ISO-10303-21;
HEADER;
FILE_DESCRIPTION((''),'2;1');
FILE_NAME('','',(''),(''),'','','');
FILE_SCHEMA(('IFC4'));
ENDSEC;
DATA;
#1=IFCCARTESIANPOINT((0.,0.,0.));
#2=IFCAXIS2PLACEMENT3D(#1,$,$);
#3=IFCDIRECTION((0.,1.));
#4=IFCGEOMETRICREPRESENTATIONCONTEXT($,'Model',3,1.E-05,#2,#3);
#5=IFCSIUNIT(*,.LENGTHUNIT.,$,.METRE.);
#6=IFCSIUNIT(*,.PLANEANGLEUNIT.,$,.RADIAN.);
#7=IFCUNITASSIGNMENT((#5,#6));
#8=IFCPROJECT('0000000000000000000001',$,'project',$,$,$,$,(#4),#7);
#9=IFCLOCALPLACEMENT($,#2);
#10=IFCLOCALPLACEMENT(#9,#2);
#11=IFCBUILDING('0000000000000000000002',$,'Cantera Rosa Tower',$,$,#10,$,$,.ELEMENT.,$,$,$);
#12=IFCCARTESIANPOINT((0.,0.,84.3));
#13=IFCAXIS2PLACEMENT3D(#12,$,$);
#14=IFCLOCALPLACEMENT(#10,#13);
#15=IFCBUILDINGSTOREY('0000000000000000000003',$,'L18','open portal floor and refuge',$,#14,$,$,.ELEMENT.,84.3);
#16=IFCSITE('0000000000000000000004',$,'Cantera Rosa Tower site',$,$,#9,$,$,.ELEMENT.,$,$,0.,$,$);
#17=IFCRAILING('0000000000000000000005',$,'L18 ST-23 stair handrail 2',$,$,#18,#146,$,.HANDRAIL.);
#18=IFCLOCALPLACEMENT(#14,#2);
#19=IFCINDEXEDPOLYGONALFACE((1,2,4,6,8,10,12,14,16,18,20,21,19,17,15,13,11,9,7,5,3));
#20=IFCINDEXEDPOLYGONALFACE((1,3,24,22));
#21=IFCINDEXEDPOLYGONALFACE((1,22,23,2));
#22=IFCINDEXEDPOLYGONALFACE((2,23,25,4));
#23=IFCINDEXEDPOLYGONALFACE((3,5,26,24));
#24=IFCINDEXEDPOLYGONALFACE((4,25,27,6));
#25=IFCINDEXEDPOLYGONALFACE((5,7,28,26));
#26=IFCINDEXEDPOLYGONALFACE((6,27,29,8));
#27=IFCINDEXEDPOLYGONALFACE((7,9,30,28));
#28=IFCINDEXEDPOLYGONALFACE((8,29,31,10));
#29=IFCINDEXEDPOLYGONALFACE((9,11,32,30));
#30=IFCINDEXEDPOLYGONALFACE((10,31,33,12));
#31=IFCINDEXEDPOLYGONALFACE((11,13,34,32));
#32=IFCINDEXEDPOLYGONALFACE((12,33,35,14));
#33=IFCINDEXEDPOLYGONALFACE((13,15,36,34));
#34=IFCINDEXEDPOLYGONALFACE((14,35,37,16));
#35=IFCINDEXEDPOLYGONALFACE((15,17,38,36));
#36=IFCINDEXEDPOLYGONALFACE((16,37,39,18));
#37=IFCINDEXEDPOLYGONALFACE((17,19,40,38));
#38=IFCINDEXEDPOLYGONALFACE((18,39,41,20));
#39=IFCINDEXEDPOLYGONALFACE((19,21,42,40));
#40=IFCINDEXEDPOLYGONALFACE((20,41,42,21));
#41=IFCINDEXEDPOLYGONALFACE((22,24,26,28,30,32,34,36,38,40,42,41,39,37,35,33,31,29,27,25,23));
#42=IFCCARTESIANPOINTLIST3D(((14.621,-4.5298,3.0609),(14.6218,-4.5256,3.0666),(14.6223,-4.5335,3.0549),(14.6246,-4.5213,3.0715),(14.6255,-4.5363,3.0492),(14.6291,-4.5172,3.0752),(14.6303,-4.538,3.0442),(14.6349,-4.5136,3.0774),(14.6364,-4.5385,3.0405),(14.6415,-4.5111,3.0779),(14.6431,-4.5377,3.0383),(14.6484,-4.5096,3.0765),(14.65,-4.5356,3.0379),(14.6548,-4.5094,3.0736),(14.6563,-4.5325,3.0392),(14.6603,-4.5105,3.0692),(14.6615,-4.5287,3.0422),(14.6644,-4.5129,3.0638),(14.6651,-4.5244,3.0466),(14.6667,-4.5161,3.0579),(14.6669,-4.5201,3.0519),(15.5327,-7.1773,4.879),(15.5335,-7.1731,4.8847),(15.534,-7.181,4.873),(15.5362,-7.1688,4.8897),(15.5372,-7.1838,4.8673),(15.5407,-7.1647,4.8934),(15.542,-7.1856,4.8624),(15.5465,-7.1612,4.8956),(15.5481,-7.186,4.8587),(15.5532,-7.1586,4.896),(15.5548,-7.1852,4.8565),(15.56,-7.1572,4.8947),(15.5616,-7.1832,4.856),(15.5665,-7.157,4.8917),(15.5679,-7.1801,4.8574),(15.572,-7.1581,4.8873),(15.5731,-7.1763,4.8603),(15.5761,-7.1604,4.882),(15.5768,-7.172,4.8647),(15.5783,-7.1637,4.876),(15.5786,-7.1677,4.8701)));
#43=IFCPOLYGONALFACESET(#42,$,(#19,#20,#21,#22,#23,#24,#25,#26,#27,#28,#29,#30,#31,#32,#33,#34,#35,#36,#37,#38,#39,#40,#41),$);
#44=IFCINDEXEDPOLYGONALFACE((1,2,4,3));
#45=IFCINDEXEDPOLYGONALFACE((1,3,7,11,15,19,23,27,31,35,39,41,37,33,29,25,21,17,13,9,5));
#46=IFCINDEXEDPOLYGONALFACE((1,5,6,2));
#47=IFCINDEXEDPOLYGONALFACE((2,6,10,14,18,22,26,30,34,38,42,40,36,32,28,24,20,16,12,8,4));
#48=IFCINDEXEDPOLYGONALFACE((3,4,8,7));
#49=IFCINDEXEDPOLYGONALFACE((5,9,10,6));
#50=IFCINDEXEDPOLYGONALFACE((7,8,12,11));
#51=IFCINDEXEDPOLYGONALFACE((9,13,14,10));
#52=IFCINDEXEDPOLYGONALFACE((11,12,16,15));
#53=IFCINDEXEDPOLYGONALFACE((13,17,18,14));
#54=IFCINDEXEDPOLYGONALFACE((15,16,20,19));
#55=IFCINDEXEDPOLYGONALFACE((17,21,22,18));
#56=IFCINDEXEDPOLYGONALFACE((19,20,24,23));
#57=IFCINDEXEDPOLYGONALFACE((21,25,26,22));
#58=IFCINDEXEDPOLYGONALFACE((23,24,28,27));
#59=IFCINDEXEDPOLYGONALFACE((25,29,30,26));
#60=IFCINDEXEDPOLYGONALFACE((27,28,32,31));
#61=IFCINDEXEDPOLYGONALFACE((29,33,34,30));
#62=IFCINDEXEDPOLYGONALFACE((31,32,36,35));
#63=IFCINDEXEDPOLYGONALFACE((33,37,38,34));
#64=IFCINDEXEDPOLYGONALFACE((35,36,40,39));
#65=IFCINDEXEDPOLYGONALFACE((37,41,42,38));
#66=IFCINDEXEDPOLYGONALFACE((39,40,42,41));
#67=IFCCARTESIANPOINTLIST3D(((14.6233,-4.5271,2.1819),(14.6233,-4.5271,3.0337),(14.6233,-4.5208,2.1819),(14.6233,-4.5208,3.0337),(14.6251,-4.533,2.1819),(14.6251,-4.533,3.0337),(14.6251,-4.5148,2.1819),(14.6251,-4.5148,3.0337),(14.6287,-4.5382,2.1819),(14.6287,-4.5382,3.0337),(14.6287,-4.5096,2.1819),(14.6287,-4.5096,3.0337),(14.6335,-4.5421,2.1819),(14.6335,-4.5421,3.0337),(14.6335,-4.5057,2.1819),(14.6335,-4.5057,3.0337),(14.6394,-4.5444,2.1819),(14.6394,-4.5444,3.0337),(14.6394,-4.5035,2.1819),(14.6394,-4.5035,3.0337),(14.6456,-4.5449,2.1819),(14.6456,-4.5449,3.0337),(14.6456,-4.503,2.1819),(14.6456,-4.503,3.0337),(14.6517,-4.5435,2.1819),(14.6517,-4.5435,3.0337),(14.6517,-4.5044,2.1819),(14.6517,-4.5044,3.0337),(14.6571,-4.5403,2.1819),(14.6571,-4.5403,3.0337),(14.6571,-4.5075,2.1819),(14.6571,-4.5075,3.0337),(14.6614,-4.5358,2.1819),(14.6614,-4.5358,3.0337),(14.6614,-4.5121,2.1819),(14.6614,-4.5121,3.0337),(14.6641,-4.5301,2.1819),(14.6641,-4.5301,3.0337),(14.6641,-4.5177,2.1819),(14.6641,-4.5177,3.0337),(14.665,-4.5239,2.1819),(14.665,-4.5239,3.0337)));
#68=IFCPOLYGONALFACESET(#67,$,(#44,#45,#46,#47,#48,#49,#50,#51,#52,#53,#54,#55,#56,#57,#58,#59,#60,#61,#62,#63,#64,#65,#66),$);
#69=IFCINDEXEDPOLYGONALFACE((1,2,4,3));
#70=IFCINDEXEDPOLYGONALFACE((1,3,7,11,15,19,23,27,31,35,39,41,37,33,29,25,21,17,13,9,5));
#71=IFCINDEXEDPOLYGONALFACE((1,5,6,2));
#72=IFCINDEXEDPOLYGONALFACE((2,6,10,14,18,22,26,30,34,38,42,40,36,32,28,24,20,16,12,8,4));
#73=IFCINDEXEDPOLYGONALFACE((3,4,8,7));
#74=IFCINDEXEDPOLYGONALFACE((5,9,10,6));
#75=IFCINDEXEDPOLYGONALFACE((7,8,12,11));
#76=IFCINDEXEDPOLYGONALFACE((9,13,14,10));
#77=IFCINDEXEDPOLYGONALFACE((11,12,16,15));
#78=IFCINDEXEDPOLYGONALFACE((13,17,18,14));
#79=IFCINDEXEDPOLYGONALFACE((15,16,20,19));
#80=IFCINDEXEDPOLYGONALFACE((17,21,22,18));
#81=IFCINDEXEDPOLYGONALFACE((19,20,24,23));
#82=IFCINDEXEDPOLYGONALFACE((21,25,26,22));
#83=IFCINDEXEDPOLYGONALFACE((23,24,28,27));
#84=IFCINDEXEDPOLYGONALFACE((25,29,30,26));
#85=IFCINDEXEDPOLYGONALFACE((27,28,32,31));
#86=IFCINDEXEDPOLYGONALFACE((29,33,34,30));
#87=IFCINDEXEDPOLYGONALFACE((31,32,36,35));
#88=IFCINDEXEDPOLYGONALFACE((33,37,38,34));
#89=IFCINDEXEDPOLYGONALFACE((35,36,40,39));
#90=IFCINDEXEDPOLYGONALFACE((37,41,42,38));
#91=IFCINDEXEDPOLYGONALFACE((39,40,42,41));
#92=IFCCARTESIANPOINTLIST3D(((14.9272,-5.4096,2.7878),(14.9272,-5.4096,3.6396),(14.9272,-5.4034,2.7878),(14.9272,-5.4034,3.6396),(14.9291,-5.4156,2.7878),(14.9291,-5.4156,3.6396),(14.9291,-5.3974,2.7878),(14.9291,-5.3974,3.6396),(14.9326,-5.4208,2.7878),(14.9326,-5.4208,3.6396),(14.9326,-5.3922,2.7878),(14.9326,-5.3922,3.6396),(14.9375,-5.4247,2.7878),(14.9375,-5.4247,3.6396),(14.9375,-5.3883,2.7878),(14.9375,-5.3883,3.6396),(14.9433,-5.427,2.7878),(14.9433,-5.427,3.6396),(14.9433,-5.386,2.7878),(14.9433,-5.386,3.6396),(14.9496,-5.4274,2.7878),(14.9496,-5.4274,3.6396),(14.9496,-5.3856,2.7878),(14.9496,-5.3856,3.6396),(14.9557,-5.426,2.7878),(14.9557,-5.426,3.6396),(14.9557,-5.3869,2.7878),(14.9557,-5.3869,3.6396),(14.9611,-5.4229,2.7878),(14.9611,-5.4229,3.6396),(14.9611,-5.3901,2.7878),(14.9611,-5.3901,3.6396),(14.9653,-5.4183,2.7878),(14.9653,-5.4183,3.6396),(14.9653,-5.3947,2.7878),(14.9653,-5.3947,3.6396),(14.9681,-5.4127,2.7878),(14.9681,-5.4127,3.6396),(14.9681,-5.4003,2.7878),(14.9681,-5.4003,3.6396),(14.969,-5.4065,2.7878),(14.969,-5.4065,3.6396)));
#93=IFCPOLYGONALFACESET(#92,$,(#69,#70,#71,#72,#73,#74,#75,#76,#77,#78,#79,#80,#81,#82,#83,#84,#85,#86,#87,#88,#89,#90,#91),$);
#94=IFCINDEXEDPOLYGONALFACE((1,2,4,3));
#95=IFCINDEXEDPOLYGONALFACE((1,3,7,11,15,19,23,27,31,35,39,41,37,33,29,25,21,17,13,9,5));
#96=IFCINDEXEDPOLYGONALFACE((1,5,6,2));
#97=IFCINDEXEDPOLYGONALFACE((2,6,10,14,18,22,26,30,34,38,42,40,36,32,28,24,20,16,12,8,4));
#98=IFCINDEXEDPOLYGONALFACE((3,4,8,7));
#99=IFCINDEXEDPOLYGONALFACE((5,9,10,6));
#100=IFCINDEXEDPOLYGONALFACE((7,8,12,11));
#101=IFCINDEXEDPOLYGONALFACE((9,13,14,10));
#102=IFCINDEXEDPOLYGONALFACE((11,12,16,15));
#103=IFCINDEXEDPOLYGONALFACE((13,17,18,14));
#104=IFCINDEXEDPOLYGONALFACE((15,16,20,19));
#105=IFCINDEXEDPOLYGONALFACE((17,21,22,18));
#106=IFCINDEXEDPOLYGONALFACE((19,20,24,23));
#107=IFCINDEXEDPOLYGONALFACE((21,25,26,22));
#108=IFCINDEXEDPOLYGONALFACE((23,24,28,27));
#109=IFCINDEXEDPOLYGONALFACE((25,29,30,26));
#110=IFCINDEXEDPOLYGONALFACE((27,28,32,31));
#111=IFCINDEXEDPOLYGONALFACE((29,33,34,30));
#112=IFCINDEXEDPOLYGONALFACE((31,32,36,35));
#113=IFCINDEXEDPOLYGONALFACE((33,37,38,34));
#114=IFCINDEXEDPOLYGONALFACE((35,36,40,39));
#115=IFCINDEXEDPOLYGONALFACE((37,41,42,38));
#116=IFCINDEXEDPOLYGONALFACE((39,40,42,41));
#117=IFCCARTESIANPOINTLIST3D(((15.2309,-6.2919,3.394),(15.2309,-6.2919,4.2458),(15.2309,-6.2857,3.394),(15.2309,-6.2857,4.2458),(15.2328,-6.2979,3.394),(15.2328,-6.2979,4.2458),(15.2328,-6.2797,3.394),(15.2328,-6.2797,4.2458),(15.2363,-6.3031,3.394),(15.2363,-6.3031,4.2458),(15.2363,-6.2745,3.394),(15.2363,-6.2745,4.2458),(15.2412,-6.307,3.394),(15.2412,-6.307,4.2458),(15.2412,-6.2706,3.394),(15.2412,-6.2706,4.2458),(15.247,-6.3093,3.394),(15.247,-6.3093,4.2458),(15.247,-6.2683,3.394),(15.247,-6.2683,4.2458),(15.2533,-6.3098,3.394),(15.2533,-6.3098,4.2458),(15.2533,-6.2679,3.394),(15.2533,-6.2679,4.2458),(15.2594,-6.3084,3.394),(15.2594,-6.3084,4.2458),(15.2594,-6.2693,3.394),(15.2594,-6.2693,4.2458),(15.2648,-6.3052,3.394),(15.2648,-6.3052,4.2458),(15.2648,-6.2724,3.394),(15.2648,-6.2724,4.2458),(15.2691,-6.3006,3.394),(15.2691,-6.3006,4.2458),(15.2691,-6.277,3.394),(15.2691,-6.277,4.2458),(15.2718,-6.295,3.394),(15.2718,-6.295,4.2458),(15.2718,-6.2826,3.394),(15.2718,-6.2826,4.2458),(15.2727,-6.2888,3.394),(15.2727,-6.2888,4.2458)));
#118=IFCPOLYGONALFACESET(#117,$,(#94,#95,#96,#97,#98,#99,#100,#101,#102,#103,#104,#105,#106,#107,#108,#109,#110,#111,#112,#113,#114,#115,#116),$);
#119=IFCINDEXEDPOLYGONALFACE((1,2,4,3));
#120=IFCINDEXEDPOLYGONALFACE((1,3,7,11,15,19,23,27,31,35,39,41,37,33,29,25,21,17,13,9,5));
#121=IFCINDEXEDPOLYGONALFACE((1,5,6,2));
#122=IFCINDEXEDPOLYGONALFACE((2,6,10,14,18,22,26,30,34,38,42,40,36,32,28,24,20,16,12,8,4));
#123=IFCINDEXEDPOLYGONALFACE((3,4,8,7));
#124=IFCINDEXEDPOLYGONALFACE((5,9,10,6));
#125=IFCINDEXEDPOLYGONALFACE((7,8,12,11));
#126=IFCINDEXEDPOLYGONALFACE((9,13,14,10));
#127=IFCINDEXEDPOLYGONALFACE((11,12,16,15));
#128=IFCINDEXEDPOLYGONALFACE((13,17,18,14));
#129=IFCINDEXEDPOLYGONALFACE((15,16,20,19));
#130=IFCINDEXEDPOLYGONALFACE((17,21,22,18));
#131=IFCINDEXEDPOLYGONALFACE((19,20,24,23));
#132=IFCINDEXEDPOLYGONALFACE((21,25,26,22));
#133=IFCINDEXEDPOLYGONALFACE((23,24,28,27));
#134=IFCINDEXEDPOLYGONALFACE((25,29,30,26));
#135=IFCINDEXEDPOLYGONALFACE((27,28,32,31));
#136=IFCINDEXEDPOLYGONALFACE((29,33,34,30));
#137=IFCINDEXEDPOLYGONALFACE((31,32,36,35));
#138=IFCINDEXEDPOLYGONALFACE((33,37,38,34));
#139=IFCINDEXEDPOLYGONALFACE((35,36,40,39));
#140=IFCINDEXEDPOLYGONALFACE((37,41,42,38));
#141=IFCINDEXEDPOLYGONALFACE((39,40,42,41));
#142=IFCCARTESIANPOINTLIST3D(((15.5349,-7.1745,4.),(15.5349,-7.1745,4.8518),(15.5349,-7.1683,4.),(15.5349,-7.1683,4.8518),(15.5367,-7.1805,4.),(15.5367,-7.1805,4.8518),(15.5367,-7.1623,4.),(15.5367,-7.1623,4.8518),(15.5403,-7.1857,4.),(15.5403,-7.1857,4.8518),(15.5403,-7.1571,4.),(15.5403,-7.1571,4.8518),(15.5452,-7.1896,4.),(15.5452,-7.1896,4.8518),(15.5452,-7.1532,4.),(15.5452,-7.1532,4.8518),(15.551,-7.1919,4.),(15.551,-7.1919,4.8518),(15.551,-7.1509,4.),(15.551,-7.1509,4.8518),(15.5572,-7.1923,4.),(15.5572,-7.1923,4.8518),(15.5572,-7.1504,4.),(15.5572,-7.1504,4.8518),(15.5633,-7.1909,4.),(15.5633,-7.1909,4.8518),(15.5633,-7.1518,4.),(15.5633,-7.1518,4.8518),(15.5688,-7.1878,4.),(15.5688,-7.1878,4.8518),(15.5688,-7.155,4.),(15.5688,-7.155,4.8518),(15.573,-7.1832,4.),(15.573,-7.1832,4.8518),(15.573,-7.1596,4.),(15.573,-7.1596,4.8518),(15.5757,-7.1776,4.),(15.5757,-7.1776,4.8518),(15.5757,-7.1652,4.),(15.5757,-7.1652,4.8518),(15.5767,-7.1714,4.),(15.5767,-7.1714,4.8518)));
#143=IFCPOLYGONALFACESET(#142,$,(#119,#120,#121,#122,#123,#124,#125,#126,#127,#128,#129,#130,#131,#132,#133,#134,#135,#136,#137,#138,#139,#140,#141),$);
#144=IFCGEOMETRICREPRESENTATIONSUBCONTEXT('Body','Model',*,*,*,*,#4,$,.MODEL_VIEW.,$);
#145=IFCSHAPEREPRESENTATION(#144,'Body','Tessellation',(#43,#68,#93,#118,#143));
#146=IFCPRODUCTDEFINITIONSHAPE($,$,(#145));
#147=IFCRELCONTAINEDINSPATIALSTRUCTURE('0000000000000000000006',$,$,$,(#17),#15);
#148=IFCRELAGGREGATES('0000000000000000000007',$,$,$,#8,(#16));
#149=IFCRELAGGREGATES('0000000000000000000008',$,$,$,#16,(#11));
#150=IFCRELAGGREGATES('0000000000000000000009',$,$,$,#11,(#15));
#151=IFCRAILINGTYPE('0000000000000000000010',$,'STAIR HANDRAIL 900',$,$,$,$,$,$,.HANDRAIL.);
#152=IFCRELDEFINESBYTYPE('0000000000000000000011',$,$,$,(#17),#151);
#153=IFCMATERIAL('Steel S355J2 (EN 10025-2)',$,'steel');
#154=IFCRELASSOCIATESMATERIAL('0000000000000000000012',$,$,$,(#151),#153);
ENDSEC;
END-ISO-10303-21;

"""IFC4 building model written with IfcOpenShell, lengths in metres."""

from ifc_helpers import new_model, si_unit, direction, frame, origin, origin_2d, place, context, subcontext, project, spatial, circle, extrude, material, type_object, element, save


model = new_model("IFC4")

# Units and contexts
model_context = context("Model", 3, precision=1e-05, world=origin(), true_north=direction((0.0, 1.0)))
body_context = subcontext(model_context, "Body", "Model", "MODEL_VIEW")
ifc_project = project(units=[si_unit("LENGTHUNIT", "METRE"), si_unit("PLANEANGLEUNIT", "RADIAN")], contexts=[model_context])

# Site, building, storey
site_placement = place(None, origin())
site = spatial("IfcSite", under=ifc_project, at=site_placement, Name="Cantera Rosa Tower site", CompositionType="ELEMENT", RefElevation=0.0)
building_placement = place(site_placement, origin())
building = spatial("IfcBuilding", under=site, at=building_placement, Name="Cantera Rosa Tower", CompositionType="ELEMENT")
storey_placement = place(building_placement, frame((0.0, 0.0, 84.3)))
storey = spatial("IfcBuildingStorey", under=building, at=storey_placement, Name="L18", Description="open portal floor and refuge", CompositionType="ELEMENT", Elevation=84.3)

# Railing
ifc_material_1 = material(Name="Steel S355J2 (EN 10025-2)", Category="steel")
railing_type_1 = type_object("IfcRailingType", Name="STAIR HANDRAIL 900", PredefinedType="HANDRAIL", material=ifc_material_1)
for number, where, name in (
    (1, (14.644, -4.5239, 2.1819), "L18 ST-23 stair handrail 2"),
):
    element("IfcRailing", number, at=place(storey_placement, frame(where)), inside=storey, type_object=railing_type_1, Name=name, PredefinedType="HANDRAIL", context=body_context, shape_type="SweptSolid", body=[
        extrude(circle(Radius=0.0239, at=origin_2d()), frame((0.0, 0.0, 0.876), z_axis=(0.273062, -0.793007, 0.544589), x_axis=(0.945516, 0.325577, 0.0)), (0.0, 0.0, 1.0), 3.3386),
        extrude(circle(Radius=0.021, at=origin_2d()), origin(), (0.0, 0.0, 1.0), 0.8518),
        extrude(circle(Radius=0.021, at=origin_2d()), frame((0.304, -0.8826, 0.606)), (0.0, 0.0, 1.0), 0.8518),
        extrude(circle(Radius=0.021, at=origin_2d()), frame((0.6077, -1.7649, 1.2122)), (0.0, 0.0, 1.0), 0.8518),
        extrude(circle(Radius=0.021, at=origin_2d()), frame((0.9116, -2.6475, 1.8181)), (0.0, 0.0, 1.0), 0.8518),
    ])

save(model, "model.ifc")
